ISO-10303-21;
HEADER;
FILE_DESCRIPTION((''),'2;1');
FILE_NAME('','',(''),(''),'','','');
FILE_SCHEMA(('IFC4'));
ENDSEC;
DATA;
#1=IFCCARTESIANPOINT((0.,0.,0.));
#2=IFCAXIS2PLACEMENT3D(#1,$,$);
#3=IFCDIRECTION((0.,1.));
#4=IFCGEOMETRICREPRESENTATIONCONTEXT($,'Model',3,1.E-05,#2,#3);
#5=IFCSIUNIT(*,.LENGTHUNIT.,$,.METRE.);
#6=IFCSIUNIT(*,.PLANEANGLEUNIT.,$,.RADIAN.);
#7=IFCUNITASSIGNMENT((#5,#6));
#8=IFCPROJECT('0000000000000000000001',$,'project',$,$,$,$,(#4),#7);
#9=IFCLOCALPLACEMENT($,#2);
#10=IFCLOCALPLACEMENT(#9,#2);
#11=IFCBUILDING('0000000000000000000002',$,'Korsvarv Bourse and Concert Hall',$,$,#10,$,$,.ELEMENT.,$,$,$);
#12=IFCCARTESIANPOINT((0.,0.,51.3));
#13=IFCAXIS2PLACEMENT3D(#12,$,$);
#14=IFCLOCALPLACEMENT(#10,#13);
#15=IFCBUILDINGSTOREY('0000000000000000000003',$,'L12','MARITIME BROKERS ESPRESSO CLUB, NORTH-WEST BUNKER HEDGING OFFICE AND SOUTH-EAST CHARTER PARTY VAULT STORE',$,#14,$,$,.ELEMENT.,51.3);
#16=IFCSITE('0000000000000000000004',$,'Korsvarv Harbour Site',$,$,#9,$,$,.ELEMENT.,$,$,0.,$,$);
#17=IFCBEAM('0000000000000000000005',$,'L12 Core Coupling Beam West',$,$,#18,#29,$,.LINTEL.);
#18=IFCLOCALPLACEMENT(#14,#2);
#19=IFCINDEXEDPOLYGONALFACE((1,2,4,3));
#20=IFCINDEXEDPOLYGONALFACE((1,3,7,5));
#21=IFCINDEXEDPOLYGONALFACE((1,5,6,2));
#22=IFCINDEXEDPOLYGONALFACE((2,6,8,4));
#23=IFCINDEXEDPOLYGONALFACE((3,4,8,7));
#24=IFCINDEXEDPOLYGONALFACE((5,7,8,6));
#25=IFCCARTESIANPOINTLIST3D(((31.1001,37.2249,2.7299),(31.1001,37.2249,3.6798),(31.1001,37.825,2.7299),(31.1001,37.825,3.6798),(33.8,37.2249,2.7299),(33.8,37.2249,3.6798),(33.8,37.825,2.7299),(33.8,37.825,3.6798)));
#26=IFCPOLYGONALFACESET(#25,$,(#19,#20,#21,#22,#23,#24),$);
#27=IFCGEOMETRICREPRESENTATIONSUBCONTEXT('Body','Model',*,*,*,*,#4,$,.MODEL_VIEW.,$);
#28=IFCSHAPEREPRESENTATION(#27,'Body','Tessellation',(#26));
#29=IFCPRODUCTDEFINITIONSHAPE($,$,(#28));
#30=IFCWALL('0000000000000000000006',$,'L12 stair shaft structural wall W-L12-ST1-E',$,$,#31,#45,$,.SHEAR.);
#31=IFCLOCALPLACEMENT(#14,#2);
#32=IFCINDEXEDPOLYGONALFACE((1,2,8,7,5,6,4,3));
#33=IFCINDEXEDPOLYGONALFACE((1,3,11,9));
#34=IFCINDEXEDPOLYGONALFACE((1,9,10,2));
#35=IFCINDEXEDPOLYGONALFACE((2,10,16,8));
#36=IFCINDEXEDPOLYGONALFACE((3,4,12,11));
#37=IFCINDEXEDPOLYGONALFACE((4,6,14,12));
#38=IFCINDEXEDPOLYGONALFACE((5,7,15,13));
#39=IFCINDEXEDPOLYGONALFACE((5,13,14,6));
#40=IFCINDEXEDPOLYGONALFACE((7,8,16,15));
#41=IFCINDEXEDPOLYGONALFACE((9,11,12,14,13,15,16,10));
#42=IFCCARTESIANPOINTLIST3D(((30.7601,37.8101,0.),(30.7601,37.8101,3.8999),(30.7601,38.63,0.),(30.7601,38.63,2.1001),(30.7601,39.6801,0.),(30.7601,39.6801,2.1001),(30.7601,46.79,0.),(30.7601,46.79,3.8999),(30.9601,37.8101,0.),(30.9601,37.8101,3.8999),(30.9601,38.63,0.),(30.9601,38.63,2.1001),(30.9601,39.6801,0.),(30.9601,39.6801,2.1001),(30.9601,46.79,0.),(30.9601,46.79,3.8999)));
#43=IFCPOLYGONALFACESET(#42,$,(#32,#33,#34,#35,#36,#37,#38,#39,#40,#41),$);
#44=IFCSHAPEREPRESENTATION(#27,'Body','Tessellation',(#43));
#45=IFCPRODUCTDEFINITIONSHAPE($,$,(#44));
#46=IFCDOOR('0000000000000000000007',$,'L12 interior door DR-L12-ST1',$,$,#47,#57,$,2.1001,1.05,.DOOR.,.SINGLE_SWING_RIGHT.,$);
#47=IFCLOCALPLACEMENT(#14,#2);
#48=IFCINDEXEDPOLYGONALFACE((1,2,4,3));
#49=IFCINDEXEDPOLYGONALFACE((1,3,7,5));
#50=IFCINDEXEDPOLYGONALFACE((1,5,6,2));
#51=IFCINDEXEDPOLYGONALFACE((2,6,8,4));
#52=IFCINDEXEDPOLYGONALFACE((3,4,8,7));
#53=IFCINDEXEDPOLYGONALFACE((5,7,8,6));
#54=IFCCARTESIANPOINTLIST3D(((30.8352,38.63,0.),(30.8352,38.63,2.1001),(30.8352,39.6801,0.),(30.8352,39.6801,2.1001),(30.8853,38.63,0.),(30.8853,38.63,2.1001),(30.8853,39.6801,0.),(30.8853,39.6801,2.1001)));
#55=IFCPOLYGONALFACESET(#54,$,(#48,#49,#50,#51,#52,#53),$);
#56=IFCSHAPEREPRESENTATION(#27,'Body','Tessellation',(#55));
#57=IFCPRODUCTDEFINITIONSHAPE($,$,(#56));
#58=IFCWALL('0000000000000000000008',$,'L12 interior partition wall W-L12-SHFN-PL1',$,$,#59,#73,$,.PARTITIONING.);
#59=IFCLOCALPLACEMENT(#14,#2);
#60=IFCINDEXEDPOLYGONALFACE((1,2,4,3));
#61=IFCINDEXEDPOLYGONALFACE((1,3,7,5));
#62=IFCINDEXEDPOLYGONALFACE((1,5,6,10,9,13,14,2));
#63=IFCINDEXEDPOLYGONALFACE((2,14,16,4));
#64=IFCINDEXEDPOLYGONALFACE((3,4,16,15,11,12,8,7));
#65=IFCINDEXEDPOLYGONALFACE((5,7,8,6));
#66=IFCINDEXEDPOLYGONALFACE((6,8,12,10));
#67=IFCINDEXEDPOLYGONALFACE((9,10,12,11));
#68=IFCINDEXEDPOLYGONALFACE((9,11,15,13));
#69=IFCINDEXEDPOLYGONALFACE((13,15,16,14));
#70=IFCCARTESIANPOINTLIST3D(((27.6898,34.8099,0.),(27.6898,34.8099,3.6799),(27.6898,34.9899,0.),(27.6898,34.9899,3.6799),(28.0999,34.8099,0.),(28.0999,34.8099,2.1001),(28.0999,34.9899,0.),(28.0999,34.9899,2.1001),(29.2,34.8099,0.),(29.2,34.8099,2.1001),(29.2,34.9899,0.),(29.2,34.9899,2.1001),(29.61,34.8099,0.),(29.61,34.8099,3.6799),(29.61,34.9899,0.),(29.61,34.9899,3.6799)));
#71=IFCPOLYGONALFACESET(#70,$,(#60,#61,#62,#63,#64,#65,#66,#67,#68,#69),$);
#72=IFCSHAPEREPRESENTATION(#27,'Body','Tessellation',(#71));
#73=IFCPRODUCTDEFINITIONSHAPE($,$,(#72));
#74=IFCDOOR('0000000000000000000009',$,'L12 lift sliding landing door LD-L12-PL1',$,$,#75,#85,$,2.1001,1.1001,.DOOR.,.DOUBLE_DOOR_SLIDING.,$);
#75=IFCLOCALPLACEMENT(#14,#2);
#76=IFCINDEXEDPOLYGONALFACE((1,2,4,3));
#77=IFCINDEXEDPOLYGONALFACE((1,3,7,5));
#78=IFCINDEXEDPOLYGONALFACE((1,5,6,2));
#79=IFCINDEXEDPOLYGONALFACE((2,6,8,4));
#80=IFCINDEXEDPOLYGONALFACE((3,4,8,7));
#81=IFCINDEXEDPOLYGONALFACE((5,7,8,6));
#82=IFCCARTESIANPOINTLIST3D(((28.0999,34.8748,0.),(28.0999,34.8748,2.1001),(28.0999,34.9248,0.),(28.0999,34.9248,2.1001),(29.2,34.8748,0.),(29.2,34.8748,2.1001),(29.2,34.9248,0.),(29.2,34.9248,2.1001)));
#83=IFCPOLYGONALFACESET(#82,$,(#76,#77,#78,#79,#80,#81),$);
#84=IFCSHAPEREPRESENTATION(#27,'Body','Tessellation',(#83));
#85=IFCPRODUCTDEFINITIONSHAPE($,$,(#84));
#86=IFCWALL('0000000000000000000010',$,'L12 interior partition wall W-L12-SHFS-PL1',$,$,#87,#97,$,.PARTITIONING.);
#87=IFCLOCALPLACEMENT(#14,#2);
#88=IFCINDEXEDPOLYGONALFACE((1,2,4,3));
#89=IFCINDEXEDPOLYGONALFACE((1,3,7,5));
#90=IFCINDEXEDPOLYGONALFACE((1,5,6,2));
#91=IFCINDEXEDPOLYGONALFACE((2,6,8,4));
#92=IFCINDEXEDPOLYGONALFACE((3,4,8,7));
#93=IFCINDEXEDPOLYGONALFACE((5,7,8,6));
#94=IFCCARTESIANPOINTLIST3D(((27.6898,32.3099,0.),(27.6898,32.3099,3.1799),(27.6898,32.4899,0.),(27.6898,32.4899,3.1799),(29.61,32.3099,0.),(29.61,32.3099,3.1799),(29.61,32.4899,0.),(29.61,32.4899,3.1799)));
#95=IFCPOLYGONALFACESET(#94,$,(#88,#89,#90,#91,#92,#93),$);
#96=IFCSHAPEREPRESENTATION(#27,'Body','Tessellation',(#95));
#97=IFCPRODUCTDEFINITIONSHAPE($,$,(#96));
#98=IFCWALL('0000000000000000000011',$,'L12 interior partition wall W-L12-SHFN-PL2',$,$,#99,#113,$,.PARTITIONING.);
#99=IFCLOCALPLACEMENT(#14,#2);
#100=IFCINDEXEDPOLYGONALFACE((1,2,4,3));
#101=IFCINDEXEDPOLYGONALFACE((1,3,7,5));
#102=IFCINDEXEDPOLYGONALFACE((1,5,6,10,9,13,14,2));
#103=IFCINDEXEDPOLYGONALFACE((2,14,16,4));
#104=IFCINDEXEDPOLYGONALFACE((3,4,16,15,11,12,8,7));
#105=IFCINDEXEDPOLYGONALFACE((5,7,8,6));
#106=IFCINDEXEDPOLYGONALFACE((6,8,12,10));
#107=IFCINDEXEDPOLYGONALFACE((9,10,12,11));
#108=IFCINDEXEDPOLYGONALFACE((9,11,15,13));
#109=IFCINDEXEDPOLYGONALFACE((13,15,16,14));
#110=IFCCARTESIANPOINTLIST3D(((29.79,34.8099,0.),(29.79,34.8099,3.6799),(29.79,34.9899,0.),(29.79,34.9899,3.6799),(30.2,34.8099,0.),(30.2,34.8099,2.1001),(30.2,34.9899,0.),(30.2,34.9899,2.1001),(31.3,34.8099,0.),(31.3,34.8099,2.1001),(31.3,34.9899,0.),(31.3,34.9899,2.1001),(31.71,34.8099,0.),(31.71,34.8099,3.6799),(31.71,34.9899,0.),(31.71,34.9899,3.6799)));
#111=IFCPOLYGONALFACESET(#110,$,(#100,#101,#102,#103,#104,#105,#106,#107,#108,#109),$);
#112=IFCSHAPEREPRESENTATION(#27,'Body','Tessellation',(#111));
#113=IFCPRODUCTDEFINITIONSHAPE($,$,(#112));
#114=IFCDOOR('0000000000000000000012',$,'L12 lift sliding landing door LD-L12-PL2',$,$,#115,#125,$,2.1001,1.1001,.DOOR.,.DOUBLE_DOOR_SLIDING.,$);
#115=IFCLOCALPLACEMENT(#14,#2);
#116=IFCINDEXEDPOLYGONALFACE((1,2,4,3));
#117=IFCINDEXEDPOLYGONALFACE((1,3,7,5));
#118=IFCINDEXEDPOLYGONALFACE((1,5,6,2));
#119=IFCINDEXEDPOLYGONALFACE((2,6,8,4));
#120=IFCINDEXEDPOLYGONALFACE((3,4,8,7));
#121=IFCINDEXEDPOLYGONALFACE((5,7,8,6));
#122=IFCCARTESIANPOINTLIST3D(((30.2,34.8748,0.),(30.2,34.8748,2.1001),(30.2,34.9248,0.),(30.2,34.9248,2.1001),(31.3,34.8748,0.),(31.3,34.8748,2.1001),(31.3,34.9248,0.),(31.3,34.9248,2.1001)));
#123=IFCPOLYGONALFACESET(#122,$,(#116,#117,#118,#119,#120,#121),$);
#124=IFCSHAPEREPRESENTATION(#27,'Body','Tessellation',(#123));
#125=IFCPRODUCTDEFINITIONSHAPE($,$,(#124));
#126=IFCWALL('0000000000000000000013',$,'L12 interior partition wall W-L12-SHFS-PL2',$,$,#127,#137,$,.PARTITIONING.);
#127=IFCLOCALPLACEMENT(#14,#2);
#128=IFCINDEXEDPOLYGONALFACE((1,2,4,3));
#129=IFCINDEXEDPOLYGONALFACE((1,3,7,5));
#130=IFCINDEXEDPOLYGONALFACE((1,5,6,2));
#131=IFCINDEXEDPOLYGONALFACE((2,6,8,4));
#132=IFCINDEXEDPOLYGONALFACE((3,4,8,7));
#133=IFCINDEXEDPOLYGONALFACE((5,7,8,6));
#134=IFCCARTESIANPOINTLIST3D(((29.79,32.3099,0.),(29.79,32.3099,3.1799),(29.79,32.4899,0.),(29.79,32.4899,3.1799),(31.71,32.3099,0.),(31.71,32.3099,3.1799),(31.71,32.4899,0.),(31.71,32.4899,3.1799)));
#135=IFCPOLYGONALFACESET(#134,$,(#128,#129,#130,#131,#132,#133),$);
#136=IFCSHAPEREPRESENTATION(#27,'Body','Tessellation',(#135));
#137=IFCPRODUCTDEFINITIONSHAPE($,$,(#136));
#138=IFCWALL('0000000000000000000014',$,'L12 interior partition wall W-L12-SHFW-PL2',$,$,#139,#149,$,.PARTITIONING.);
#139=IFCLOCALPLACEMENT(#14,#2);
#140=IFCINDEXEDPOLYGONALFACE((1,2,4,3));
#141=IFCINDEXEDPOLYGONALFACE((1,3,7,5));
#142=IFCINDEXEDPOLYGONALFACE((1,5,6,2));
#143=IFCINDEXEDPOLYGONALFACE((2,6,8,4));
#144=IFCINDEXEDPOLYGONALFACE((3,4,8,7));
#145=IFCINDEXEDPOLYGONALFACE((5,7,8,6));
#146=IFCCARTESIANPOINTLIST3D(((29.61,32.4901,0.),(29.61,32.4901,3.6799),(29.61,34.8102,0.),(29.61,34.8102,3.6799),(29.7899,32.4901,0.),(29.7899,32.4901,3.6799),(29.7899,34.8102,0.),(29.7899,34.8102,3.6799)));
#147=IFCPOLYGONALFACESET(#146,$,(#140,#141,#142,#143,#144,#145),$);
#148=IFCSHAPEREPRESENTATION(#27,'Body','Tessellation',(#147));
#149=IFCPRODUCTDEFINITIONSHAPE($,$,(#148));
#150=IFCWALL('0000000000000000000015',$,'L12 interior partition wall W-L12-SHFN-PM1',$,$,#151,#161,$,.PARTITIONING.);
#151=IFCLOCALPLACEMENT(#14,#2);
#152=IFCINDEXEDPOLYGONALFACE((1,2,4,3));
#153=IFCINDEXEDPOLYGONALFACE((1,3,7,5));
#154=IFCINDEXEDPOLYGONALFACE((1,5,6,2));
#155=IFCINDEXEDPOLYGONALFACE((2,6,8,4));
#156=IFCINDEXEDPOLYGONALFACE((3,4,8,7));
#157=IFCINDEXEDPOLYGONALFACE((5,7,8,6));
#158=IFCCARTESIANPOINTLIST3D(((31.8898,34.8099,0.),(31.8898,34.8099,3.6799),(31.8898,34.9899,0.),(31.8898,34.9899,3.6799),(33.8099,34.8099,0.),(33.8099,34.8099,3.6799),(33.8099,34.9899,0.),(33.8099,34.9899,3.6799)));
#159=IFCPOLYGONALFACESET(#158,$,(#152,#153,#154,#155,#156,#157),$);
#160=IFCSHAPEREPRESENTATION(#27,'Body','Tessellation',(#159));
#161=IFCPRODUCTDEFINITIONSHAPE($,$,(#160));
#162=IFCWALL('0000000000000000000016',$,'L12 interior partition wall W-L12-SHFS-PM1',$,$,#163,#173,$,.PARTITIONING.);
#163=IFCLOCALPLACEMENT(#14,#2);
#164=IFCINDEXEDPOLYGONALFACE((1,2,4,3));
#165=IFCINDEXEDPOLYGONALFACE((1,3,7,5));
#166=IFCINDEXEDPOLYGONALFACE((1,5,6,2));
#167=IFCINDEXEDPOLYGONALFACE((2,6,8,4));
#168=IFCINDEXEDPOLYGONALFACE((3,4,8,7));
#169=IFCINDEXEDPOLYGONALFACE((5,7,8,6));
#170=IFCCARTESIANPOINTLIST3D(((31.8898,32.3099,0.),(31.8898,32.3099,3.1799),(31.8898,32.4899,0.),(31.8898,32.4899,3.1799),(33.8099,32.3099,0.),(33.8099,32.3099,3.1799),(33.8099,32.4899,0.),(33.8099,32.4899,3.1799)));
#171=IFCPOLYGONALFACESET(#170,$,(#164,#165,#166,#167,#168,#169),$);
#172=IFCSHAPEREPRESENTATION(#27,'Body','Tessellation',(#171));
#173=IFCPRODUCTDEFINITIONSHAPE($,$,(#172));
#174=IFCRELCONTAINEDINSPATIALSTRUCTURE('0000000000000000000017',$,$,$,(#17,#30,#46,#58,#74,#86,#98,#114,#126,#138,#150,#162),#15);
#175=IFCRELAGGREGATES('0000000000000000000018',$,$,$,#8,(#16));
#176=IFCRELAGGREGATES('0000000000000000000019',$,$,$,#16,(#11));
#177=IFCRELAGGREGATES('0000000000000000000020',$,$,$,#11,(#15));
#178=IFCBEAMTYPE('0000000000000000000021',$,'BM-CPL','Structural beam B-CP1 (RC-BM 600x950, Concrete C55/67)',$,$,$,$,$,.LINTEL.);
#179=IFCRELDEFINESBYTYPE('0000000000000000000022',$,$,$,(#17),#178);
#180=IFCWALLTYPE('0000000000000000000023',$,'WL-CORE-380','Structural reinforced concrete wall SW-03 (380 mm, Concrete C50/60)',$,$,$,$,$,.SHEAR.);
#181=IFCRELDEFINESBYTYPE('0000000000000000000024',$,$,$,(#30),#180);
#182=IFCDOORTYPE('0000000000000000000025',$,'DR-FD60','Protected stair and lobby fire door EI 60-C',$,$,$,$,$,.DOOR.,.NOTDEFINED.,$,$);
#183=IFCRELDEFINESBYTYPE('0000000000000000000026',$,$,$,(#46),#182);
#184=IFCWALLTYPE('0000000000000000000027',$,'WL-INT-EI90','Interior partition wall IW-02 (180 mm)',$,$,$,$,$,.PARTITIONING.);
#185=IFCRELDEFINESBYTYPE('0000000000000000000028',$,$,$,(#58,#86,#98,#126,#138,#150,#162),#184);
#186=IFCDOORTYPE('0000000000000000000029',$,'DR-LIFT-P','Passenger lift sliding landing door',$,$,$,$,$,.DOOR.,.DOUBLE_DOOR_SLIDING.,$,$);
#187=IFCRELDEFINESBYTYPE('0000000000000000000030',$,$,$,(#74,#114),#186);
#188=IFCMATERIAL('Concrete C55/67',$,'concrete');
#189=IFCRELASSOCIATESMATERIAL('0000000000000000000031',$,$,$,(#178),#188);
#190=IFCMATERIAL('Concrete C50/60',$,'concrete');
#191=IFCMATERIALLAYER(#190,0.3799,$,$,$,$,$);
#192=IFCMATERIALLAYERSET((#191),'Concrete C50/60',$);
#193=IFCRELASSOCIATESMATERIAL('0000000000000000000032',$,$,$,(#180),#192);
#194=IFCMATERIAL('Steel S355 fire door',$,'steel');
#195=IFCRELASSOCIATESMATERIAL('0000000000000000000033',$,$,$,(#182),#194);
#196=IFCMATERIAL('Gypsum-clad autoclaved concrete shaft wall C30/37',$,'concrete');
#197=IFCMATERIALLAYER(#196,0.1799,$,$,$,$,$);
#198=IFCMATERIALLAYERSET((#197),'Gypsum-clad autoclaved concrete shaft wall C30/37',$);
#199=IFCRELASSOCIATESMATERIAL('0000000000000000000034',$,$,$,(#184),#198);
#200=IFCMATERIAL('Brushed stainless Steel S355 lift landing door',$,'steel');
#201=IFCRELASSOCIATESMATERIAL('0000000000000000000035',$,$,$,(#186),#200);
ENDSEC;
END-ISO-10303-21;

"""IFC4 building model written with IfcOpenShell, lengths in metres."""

from ifc_helpers import new_model, si_unit, direction, frame, frame_2d, origin, origin_2d, place, context, subcontext, project, spatial, rectangle, extrude, source, transform, mapped, material, layer, layer_set, material_profile, profile_set, type_object, element, fill, save


model = new_model("IFC4")

# Units and contexts
model_context = context("Model", 3, precision=1e-05, world=origin(), true_north=direction((0.0, 1.0)))
body_context = subcontext(model_context, "Body", "Model", "MODEL_VIEW")
ifc_project = project(units=[si_unit("LENGTHUNIT", "METRE"), si_unit("PLANEANGLEUNIT", "RADIAN")], contexts=[model_context])

# Site, building, storey
site_placement = place(None, origin())
site = spatial("IfcSite", under=ifc_project, at=site_placement, Name="Korsvarv Harbour Site", CompositionType="ELEMENT", RefElevation=0.0)
building_placement = place(site_placement, origin())
building = spatial("IfcBuilding", under=site, at=building_placement, Name="Korsvarv Bourse and Concert Hall", CompositionType="ELEMENT")
storey_placement = place(building_placement, frame((0.0, 0.0, 51.3)))
storey = spatial("IfcBuildingStorey", under=building, at=storey_placement, Name="L12", Description="MARITIME BROKERS ESPRESSO CLUB, NORTH-WEST BUNKER HEDGING OFFICE AND SOUTH-EAST CHARTER PARTY VAULT STORE", CompositionType="ELEMENT", Elevation=51.3)

# Beam
ifc_material_1 = material(Name="Concrete C55/67", Category="concrete")
ifc_material_profile = material_profile(ifc_material_1, rectangle(XDim=0.6001, YDim=0.95, at=origin_2d()), Name="RC-BM 600x950")
ifc_profile_set = profile_set([ifc_material_profile], Name="Concrete C55/67")
beam_type = type_object("IfcBeamType", Name="BM-CPL", Description="Structural beam B-CP1 (RC-BM 600x950, Concrete C55/67)", PredefinedType="LINTEL", material=ifc_profile_set)
shared_shape = source(origin(), body_context, "Body", "SweptSolid", [
    extrude(rectangle(XDim=0.6001, YDim=0.95, at=origin_2d()), origin(), (0.0, 0.0, 1.0), 2.7),
])
beam_placement = place(storey_placement, frame((31.1001, 37.5249, 3.2048), z_axis=(1.0, 0.0, 0.0), x_axis=(0.0, 1.0, 0.0)))
element("IfcBeam", 1, at=beam_placement, inside=storey, type_object=beam_type, Name="L12 Core Coupling Beam West", PredefinedType="LINTEL", context=body_context, shape_type="MappedRepresentation", body=[
    mapped(shared_shape, transform((0.0, 0.0, 0.0), scale=1.0)),
])

# Walls, openings, doors
ifc_material_2 = material(Name="Concrete C50/60", Category="concrete")
ifc_layer_1 = layer(ifc_material_2, 0.3799)
ifc_layer_set_1 = layer_set([ifc_layer_1], Name="Concrete C50/60")
wall_type_1 = type_object("IfcWallType", Name="WL-CORE-380", Description="Structural reinforced concrete wall SW-03 (380 mm, Concrete C50/60)", PredefinedType="SHEAR", material=ifc_layer_set_1)
wall_1_placement = place(storey_placement, frame((30.8601, 37.8101, 0.0), z_axis=(0.0, 0.0, 1.0), x_axis=(0.0, 1.0, 0.0)))
wall_1 = element("IfcWall", 2, at=wall_1_placement, inside=storey, type_object=wall_type_1, Name="L12 stair shaft structural wall W-L12-ST1-E", PredefinedType="SHEAR", context=body_context, shape_type="SweptSolid", body=[
    extrude(rectangle(XDim=8.98, YDim=0.2, at=frame_2d((4.49, 0.0))), origin(), (0.0, 0.0, 1.0), 3.8999),
])
opening_1_placement = place(wall_1_placement, frame((0.8201, 0.0, 0.0)))
opening_1 = element("IfcOpeningElement", 3, at=opening_1_placement, cuts=wall_1, PredefinedType="OPENING", context=body_context, shape_type="SweptSolid", body=[
    extrude(rectangle(XDim=1.05, YDim=2.1001, at=frame_2d((0.5249, 1.05))), frame((0.0, 0.1099, 0.0), z_axis=(0.0, -1.0, 0.0), x_axis=(1.0, 0.0, 0.0)), (0.0, 0.0, 1.0), 0.22),
])
ifc_material_3 = material(Name="Steel S355 fire door", Category="steel")
door_type_1 = type_object("IfcDoorType", Name="DR-FD60", Description="Protected stair and lobby fire door EI 60-C", OperationType="NOTDEFINED", PredefinedType="DOOR", material=ifc_material_3)
door_1_placement = place(opening_1_placement, origin())
door_1 = element("IfcDoor", 4, at=door_1_placement, inside=storey, type_object=door_type_1, Name="L12 interior door DR-L12-ST1", OperationType="SINGLE_SWING_RIGHT", OverallHeight=2.1001, OverallWidth=1.05, PredefinedType="DOOR", context=body_context, shape_type="SweptSolid", body=[
    extrude(rectangle(XDim=1.05, YDim=2.1001, at=frame_2d((0.5249, 1.05))), frame((0.0, 0.0249, 0.0), z_axis=(0.0, -1.0, 0.0), x_axis=(1.0, 0.0, 0.0)), (0.0, 0.0, 1.0), 0.05),
])
fill(opening_1, door_1)
ifc_material_4 = material(Name="Gypsum-clad autoclaved concrete shaft wall C30/37", Category="concrete")
ifc_layer_2 = layer(ifc_material_4, 0.1799)
ifc_layer_set_2 = layer_set([ifc_layer_2], Name="Gypsum-clad autoclaved concrete shaft wall C30/37")
wall_type_2 = type_object("IfcWallType", Name="WL-INT-EI90", Description="Interior partition wall IW-02 (180 mm)", PredefinedType="PARTITIONING", material=ifc_layer_set_2)
wall_2_placement = place(storey_placement, frame((27.6899, 34.8999, 0.0), z_axis=(0.0, 0.0, 1.0), x_axis=(1.0, 0.0, 0.0)))
wall_2 = element("IfcWall", 5, at=wall_2_placement, inside=storey, type_object=wall_type_2, Name="L12 interior partition wall W-L12-SHFN-PL1", PredefinedType="PARTITIONING", context=body_context, shape_type="SweptSolid", body=[
    extrude(rectangle(XDim=1.9202, YDim=0.1799, at=frame_2d((0.96, 0.0))), origin(), (0.0, 0.0, 1.0), 3.6799),
])
opening_2_placement = place(wall_2_placement, frame((0.4099, 0.0, 0.0)))
opening_2 = element("IfcOpeningElement", 6, at=opening_2_placement, cuts=wall_2, PredefinedType="OPENING", context=body_context, shape_type="SweptSolid", body=[
    extrude(rectangle(XDim=1.1001, YDim=2.1001, at=frame_2d((0.55, 1.05))), frame((0.0, 0.1001, 0.0), z_axis=(0.0, -1.0, 0.0), x_axis=(1.0, 0.0, 0.0)), (0.0, 0.0, 1.0), 0.2),
])
ifc_material_5 = material(Name="Brushed stainless Steel S355 lift landing door", Category="steel")
door_type_2 = type_object("IfcDoorType", Name="DR-LIFT-P", Description="Passenger lift sliding landing door", OperationType="DOUBLE_DOOR_SLIDING", PredefinedType="DOOR", material=ifc_material_5)
door_2_placement = place(opening_2_placement, origin())
door_2 = element("IfcDoor", 7, at=door_2_placement, inside=storey, type_object=door_type_2, Name="L12 lift sliding landing door LD-L12-PL1", OperationType="DOUBLE_DOOR_SLIDING", OverallHeight=2.1001, OverallWidth=1.1001, PredefinedType="DOOR", context=body_context, shape_type="SweptSolid", body=[
    extrude(rectangle(XDim=1.1001, YDim=2.1001, at=frame_2d((0.55, 1.05))), frame((0.0, 0.0249, 0.0), z_axis=(0.0, -1.0, 0.0), x_axis=(1.0, 0.0, 0.0)), (0.0, 0.0, 1.0), 0.05),
])
fill(opening_2, door_2)

# Wall
wall_3_placement = place(storey_placement, frame((27.6899, 32.3999, 0.0), z_axis=(0.0, 0.0, 1.0), x_axis=(1.0, 0.0, 0.0)))
element("IfcWall", 8, at=wall_3_placement, inside=storey, type_object=wall_type_2, Name="L12 interior partition wall W-L12-SHFS-PL1", PredefinedType="PARTITIONING", context=body_context, shape_type="SweptSolid", body=[
    extrude(rectangle(XDim=1.9202, YDim=0.1799, at=frame_2d((0.96, 0.0))), origin(), (0.0, 0.0, 1.0), 3.1799),
])

# Wall, opening, door
wall_4_placement = place(storey_placement, frame((29.79, 34.8999, 0.0), z_axis=(0.0, 0.0, 1.0), x_axis=(1.0, 0.0, 0.0)))
wall_4 = element("IfcWall", 9, at=wall_4_placement, inside=storey, type_object=wall_type_2, Name="L12 interior partition wall W-L12-SHFN-PL2", PredefinedType="PARTITIONING", context=body_context, shape_type="SweptSolid", body=[
    extrude(rectangle(XDim=1.9199, YDim=0.1799, at=frame_2d((0.96, 0.0))), origin(), (0.0, 0.0, 1.0), 3.6799),
])
opening_3_placement = place(wall_4_placement, frame((0.4099, 0.0, 0.0)))
opening_3 = element("IfcOpeningElement", 10, at=opening_3_placement, cuts=wall_4, PredefinedType="OPENING", context=body_context, shape_type="SweptSolid", body=[
    extrude(rectangle(XDim=1.1001, YDim=2.1001, at=frame_2d((0.55, 1.05))), frame((0.0, 0.1001, 0.0), z_axis=(0.0, -1.0, 0.0), x_axis=(1.0, 0.0, 0.0)), (0.0, 0.0, 1.0), 0.2),
])
door_3_placement = place(opening_3_placement, origin())
door_3 = element("IfcDoor", 11, at=door_3_placement, inside=storey, type_object=door_type_2, Name="L12 lift sliding landing door LD-L12-PL2", OperationType="DOUBLE_DOOR_SLIDING", OverallHeight=2.1001, OverallWidth=1.1001, PredefinedType="DOOR", context=body_context, shape_type="SweptSolid", body=[
    extrude(rectangle(XDim=1.1001, YDim=2.1001, at=frame_2d((0.55, 1.05))), frame((0.0, 0.0249, 0.0), z_axis=(0.0, -1.0, 0.0), x_axis=(1.0, 0.0, 0.0)), (0.0, 0.0, 1.0), 0.05),
])
fill(opening_3, door_3)

# Walls
wall_5_placement = place(storey_placement, frame((29.79, 32.3999, 0.0), z_axis=(0.0, 0.0, 1.0), x_axis=(1.0, 0.0, 0.0)))
element("IfcWall", 12, at=wall_5_placement, inside=storey, type_object=wall_type_2, Name="L12 interior partition wall W-L12-SHFS-PL2", PredefinedType="PARTITIONING", context=body_context, shape_type="SweptSolid", body=[
    extrude(rectangle(XDim=1.9199, YDim=0.1799, at=frame_2d((0.96, 0.0))), origin(), (0.0, 0.0, 1.0), 3.1799),
])
wall_6_placement = place(storey_placement, frame((29.7, 32.49, 0.0), z_axis=(0.0, 0.0, 1.0), x_axis=(0.0, 1.0, 0.0)))
element("IfcWall", 13, at=wall_6_placement, inside=storey, type_object=wall_type_2, Name="L12 interior partition wall W-L12-SHFW-PL2", PredefinedType="PARTITIONING", context=body_context, shape_type="SweptSolid", body=[
    extrude(rectangle(XDim=2.3201, YDim=0.1799, at=frame_2d((1.1602, 0.0))), origin(), (0.0, 0.0, 1.0), 3.6799),
])
wall_7_placement = place(storey_placement, frame((31.8899, 34.8999, 0.0), z_axis=(0.0, 0.0, 1.0), x_axis=(1.0, 0.0, 0.0)))
element("IfcWall", 14, at=wall_7_placement, inside=storey, type_object=wall_type_2, Name="L12 interior partition wall W-L12-SHFN-PM1", PredefinedType="PARTITIONING", context=body_context, shape_type="SweptSolid", body=[
    extrude(rectangle(XDim=1.9202, YDim=0.1799, at=frame_2d((0.96, 0.0))), origin(), (0.0, 0.0, 1.0), 3.6799),
])
wall_8_placement = place(storey_placement, frame((31.8899, 32.3999, 0.0), z_axis=(0.0, 0.0, 1.0), x_axis=(1.0, 0.0, 0.0)))
element("IfcWall", 15, at=wall_8_placement, inside=storey, type_object=wall_type_2, Name="L12 interior partition wall W-L12-SHFS-PM1", PredefinedType="PARTITIONING", context=body_context, shape_type="SweptSolid", body=[
    extrude(rectangle(XDim=1.9202, YDim=0.1799, at=frame_2d((0.96, 0.0))), origin(), (0.0, 0.0, 1.0), 3.1799),
])

save(model, "model.ifc")
